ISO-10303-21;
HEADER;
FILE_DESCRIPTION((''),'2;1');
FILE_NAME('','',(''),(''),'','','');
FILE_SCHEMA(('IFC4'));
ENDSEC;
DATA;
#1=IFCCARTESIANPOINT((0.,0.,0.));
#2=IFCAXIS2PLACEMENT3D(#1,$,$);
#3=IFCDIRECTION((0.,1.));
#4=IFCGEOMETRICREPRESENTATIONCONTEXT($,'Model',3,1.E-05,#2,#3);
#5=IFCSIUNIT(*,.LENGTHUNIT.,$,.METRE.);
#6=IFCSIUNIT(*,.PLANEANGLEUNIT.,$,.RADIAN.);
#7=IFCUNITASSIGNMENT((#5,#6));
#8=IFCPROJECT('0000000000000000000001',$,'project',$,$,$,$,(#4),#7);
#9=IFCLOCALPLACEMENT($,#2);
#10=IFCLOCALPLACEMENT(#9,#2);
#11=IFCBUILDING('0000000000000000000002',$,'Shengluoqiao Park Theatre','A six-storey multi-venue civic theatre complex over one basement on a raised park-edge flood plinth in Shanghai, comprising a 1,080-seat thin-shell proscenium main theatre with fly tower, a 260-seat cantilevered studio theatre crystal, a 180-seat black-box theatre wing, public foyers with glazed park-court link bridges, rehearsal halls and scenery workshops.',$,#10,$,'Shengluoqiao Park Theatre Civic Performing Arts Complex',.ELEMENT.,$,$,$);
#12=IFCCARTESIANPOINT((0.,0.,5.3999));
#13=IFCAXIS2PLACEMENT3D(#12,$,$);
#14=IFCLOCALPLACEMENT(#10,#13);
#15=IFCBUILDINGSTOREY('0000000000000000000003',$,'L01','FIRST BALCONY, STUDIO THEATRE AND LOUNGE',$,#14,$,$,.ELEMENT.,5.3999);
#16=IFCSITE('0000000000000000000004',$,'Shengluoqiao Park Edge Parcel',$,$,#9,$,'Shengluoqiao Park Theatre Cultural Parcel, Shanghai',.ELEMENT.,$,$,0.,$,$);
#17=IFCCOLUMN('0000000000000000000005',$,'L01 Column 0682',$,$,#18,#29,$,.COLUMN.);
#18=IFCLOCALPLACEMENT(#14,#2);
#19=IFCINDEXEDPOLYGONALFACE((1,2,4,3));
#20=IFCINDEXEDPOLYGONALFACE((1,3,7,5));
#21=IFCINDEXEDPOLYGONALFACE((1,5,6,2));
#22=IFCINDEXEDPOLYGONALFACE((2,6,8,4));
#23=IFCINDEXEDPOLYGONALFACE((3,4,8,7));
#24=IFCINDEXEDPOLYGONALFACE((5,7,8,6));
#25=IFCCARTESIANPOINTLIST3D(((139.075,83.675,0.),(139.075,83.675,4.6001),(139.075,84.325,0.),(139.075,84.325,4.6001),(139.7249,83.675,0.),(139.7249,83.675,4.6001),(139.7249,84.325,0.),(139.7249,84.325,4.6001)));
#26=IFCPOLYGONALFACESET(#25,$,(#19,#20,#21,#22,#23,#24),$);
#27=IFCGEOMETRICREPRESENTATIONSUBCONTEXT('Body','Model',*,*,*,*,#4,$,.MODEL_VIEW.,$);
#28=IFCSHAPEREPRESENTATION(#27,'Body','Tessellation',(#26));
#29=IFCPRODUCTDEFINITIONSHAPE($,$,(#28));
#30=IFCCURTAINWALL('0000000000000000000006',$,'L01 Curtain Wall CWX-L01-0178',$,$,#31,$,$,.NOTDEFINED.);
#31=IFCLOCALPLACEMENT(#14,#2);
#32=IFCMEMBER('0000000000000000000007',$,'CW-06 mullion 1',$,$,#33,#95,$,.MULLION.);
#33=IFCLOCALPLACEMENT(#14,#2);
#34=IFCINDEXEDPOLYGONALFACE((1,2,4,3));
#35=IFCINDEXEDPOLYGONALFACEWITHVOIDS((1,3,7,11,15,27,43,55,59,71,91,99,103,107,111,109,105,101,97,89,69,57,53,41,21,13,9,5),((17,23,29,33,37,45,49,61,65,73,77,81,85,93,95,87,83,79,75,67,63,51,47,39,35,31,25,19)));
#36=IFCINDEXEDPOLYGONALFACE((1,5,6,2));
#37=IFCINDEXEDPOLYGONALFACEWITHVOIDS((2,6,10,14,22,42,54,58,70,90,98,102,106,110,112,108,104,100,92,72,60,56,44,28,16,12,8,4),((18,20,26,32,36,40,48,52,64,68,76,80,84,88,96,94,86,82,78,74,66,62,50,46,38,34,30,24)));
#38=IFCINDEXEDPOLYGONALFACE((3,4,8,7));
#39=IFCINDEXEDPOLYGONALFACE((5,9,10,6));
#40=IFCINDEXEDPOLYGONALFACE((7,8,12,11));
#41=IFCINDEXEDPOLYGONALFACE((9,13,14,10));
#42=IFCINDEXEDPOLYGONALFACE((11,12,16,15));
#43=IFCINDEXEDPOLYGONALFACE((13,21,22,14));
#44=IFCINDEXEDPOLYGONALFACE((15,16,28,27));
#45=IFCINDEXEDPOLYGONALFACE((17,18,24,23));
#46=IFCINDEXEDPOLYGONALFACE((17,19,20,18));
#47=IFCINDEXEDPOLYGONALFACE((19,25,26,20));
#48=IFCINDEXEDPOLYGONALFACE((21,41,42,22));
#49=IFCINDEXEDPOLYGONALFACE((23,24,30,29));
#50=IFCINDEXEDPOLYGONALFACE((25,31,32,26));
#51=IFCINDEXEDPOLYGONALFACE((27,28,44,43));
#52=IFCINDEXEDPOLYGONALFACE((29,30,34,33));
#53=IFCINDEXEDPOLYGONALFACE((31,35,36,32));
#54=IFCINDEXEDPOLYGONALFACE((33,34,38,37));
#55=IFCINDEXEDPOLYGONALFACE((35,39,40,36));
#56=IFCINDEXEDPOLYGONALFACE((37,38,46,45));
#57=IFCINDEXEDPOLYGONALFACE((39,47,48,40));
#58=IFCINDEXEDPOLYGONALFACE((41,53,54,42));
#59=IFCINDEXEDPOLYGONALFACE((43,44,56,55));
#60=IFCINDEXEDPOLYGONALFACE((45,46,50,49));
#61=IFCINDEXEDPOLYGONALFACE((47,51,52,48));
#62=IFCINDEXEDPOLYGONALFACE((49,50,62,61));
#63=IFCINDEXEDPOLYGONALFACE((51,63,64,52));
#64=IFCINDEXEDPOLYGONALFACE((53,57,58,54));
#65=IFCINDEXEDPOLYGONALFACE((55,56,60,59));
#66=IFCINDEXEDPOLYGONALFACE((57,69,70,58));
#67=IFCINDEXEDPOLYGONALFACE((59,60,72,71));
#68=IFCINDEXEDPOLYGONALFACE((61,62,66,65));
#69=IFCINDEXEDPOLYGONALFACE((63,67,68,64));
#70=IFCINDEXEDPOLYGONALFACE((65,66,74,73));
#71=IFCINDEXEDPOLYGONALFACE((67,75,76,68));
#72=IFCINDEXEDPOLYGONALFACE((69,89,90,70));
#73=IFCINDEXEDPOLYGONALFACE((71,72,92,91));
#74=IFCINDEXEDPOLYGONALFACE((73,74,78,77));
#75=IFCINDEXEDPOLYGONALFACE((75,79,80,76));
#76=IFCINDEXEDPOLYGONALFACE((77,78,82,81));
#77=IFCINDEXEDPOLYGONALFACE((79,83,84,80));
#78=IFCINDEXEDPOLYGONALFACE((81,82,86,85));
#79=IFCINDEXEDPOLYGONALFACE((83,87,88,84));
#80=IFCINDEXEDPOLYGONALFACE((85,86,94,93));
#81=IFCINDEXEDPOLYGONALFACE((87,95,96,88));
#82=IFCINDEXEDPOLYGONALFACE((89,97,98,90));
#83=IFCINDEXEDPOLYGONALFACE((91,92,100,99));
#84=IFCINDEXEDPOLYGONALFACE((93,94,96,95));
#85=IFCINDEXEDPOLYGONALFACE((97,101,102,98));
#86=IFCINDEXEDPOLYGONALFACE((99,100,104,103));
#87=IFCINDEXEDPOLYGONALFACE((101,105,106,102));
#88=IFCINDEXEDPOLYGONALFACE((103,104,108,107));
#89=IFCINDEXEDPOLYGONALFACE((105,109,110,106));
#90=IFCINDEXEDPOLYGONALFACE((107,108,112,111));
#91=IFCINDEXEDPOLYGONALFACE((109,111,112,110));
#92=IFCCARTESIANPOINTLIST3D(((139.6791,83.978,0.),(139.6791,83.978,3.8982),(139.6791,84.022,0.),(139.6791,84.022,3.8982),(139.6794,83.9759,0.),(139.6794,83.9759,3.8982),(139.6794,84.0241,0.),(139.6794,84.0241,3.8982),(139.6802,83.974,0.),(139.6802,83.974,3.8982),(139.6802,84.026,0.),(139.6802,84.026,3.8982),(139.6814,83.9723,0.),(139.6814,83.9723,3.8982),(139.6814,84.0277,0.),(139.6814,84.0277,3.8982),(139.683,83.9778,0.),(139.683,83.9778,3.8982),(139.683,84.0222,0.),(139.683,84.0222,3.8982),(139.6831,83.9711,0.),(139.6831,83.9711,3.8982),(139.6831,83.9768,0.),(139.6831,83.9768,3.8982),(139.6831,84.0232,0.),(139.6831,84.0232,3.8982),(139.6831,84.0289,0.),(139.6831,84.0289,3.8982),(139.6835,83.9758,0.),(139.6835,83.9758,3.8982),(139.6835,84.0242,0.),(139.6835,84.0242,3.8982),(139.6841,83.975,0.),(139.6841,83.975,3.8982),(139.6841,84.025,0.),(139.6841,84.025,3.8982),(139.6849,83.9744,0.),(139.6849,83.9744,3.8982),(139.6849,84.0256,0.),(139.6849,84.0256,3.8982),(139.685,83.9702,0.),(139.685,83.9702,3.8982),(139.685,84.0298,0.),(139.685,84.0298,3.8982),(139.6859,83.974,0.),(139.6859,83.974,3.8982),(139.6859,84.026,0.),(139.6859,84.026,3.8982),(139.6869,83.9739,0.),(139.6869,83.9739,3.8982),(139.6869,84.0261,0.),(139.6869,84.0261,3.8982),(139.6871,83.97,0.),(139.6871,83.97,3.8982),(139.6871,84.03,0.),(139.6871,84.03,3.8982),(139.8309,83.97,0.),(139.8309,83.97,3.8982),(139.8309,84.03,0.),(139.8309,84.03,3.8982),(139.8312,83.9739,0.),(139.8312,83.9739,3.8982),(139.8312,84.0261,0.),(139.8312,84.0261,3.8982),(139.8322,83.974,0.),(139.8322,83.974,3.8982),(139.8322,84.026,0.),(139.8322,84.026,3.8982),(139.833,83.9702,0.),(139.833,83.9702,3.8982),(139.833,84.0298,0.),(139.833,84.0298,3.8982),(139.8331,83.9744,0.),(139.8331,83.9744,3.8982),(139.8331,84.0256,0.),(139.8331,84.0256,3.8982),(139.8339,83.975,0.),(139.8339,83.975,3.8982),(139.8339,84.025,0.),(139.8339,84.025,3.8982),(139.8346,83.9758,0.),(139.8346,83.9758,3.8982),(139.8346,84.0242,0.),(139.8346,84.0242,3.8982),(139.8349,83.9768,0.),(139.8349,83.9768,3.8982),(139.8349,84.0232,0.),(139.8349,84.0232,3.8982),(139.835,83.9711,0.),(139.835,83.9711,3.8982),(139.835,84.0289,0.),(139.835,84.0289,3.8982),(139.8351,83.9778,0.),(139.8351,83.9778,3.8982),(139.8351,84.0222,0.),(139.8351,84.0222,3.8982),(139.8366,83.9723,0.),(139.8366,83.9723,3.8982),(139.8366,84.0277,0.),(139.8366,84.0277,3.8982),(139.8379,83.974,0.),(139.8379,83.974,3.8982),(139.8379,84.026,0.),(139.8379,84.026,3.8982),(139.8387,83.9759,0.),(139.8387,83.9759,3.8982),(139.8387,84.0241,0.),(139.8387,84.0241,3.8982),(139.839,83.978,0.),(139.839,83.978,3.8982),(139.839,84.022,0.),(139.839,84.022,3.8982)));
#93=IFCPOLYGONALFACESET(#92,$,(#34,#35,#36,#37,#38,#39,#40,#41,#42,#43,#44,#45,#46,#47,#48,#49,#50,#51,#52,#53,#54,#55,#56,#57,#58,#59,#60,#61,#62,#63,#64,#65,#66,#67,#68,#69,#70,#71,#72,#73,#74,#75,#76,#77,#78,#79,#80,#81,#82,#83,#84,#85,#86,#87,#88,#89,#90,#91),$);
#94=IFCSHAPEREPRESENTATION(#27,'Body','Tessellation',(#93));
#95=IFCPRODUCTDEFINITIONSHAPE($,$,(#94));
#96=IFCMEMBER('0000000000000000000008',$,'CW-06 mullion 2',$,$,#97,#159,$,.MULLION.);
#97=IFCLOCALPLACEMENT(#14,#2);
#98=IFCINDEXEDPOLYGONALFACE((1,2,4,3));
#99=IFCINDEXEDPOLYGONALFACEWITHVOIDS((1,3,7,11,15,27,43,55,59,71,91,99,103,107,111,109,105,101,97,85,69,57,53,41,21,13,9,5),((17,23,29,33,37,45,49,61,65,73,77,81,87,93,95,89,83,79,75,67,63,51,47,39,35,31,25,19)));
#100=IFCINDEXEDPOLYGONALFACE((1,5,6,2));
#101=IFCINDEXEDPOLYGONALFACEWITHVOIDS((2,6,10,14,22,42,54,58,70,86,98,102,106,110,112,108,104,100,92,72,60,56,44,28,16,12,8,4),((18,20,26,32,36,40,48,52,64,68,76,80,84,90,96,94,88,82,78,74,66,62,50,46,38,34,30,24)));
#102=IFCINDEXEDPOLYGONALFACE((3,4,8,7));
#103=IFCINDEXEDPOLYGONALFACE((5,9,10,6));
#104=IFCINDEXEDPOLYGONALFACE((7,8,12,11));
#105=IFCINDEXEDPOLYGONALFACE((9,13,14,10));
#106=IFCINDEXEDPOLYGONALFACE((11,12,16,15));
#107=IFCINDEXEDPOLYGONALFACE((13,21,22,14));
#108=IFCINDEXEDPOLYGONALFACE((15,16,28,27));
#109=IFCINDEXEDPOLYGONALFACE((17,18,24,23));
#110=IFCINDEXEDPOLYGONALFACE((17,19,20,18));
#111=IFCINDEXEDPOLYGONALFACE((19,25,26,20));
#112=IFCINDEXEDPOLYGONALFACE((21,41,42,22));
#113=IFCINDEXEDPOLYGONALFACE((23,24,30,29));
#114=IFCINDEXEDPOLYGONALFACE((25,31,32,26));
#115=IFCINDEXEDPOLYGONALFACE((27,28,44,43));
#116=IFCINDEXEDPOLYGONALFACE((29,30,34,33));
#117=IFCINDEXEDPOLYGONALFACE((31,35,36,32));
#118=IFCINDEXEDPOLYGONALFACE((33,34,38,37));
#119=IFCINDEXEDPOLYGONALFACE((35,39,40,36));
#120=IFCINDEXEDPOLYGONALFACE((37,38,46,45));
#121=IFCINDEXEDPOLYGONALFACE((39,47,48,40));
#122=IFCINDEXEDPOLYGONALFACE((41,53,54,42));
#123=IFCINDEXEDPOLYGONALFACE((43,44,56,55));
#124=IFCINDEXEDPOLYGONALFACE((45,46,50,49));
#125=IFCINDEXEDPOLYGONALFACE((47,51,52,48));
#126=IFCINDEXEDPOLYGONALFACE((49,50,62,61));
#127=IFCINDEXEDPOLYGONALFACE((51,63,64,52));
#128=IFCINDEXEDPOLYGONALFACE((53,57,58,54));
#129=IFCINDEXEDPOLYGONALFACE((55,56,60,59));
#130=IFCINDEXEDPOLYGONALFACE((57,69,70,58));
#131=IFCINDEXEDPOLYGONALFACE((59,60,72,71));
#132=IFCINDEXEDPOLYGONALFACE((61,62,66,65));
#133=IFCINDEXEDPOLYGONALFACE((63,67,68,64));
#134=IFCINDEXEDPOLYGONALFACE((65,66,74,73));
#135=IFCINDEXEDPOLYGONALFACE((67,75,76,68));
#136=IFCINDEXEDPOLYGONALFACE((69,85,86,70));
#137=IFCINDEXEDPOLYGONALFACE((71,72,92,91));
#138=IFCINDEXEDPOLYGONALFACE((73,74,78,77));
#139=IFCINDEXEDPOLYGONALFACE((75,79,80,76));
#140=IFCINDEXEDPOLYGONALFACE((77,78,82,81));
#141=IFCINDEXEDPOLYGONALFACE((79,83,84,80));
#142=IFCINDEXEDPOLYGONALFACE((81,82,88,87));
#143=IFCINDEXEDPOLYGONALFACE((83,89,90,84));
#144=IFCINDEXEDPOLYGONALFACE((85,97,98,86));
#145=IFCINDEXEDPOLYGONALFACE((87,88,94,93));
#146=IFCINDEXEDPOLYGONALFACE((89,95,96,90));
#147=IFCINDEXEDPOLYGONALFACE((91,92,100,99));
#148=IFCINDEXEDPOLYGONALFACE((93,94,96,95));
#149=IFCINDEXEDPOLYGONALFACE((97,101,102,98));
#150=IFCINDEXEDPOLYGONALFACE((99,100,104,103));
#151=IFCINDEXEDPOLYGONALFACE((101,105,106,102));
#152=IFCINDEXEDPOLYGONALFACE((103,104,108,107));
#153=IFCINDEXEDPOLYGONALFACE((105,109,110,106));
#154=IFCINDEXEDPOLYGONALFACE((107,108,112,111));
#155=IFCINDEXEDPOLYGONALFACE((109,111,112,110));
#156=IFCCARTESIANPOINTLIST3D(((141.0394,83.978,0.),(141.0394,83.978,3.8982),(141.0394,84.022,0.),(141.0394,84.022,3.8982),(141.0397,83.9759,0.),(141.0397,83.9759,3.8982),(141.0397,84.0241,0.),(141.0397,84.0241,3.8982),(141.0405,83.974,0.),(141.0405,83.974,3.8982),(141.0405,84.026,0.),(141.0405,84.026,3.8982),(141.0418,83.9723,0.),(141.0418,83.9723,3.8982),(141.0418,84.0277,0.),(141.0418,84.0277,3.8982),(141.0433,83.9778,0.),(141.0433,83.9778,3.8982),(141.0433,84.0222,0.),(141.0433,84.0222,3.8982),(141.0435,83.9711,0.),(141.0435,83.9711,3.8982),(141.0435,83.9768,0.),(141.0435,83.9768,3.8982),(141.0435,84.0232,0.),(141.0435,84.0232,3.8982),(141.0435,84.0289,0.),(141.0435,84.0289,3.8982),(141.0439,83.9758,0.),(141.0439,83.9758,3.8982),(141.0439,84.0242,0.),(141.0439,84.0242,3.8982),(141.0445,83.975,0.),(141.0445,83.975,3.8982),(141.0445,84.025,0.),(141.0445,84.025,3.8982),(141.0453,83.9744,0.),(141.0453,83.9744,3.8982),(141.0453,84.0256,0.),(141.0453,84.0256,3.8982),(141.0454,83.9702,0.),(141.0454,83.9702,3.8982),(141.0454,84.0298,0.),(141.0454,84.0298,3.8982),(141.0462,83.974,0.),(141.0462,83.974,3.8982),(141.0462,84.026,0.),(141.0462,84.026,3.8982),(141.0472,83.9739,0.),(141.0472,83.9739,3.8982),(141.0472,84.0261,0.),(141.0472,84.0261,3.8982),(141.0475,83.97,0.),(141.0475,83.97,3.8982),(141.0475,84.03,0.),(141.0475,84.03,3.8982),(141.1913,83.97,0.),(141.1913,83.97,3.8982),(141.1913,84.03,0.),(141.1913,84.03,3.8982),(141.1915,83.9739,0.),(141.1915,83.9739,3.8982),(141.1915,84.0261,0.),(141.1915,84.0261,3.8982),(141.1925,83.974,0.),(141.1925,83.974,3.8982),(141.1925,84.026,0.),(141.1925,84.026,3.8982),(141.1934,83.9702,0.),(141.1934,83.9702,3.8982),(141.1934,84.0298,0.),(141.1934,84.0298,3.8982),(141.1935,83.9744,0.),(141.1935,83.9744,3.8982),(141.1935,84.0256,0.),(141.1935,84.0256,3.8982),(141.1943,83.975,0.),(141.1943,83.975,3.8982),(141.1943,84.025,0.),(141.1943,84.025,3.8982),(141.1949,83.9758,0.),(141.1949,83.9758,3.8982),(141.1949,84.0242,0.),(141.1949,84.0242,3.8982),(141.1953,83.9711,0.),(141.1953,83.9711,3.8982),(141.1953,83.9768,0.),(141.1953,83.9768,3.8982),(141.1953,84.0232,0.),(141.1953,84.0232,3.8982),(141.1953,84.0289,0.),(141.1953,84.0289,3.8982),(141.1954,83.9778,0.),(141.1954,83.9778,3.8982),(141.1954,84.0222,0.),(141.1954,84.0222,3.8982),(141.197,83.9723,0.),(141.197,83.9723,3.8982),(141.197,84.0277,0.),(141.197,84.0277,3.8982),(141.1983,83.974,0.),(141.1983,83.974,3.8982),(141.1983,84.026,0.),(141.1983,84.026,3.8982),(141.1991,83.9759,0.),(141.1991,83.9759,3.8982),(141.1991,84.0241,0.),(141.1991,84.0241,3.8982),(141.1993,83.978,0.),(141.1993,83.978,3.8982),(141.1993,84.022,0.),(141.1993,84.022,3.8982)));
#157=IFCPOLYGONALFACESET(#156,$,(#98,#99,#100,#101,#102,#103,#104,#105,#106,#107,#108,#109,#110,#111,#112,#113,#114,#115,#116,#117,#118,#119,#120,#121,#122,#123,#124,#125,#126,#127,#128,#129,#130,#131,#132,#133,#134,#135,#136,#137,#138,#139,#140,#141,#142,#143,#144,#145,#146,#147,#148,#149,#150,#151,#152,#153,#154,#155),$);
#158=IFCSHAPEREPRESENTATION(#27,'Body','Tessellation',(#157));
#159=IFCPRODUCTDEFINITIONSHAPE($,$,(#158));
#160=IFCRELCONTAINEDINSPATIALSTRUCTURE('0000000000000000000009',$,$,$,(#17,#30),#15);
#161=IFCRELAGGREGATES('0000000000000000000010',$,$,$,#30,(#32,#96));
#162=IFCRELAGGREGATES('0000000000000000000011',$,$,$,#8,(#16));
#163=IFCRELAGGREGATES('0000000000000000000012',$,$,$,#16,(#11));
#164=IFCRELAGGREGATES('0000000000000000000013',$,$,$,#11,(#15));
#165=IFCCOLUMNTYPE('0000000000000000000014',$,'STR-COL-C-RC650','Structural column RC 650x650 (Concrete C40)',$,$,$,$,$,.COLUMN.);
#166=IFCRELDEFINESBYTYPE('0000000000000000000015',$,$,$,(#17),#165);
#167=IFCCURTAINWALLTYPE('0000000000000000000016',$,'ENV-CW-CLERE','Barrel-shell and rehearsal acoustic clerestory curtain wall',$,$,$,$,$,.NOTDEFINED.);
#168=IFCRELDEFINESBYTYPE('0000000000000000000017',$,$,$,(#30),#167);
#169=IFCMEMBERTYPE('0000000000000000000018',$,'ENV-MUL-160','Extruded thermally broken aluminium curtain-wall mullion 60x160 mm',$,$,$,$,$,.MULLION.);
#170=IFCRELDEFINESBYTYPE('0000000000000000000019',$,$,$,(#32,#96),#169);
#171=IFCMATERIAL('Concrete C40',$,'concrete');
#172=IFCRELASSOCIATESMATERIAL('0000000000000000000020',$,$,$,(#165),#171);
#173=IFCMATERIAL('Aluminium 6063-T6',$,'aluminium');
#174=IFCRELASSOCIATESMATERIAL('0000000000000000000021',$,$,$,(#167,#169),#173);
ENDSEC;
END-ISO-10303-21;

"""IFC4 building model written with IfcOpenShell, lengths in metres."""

from ifc_helpers import new_model, si_unit, direction, frame, origin, origin_2d, place, context, subcontext, project, spatial, rectangle, hollow_rectangle, extrude, material, material_profile, profile_set, type_object, element, aggregate, save


model = new_model("IFC4")

# Units and contexts
model_context = context("Model", 3, precision=1e-05, world=origin(), true_north=direction((0.0, 1.0)))
body_context = subcontext(model_context, "Body", "Model", "MODEL_VIEW")
ifc_project = project(units=[si_unit("LENGTHUNIT", "METRE"), si_unit("PLANEANGLEUNIT", "RADIAN")], contexts=[model_context])

# Site, building, storey
site_placement = place(None, origin())
site = spatial("IfcSite", under=ifc_project, at=site_placement, Name="Shengluoqiao Park Edge Parcel", LongName="Shengluoqiao Park Theatre Cultural Parcel, Shanghai", CompositionType="ELEMENT", RefElevation=0.0)
building_placement = place(site_placement, origin())
building = spatial("IfcBuilding", under=site, at=building_placement, Name="Shengluoqiao Park Theatre", Description="A six-storey multi-venue civic theatre complex over one basement on a raised park-edge flood plinth in Shanghai, comprising a 1,080-seat thin-shell proscenium main theatre with fly tower, a 260-seat cantilevered studio theatre crystal, a 180-seat black-box theatre wing, public foyers with glazed park-court link bridges, rehearsal halls and scenery workshops.", LongName="Shengluoqiao Park Theatre Civic Performing Arts Complex", CompositionType="ELEMENT")
storey_placement = place(building_placement, frame((0.0, 0.0, 5.3999)))
storey = spatial("IfcBuildingStorey", under=building, at=storey_placement, Name="L01", Description="FIRST BALCONY, STUDIO THEATRE AND LOUNGE", CompositionType="ELEMENT", Elevation=5.3999)

# Column
ifc_material_1 = material(Name="Concrete C40", Category="concrete")
ifc_material_profile_1 = material_profile(ifc_material_1, rectangle(XDim=0.6499, YDim=0.6499, at=origin_2d()), Name="RC 650x650")
ifc_profile_set_1 = profile_set([ifc_material_profile_1], Name="Concrete C40")
column_type = type_object("IfcColumnType", Name="STR-COL-C-RC650", Description="Structural column RC 650x650 (Concrete C40)", PredefinedType="COLUMN", material=ifc_profile_set_1)
column_placement = place(storey_placement, frame((139.3999, 84.0, 0.0), z_axis=(0.0, 0.0, 1.0), x_axis=(1.0, 0.0, 0.0)))
element("IfcColumn", 1, at=column_placement, inside=storey, type_object=column_type, Name="L01 Column 0682", PredefinedType="COLUMN", context=body_context, shape_type="SweptSolid", body=[
    extrude(rectangle(XDim=0.6499, YDim=0.6499, at=origin_2d()), origin(), (0.0, 0.0, 1.0), 4.6001),
])

# Curtain wall, members
ifc_material_2 = material(Name="Aluminium 6063-T6", Category="aluminium")
curtain_wall_type = type_object("IfcCurtainWallType", Name="ENV-CW-CLERE", Description="Barrel-shell and rehearsal acoustic clerestory curtain wall", PredefinedType="NOTDEFINED", material=ifc_material_2)
curtain_wall_placement = place(storey_placement, origin())
curtain_wall = element("IfcCurtainWall", 2, at=curtain_wall_placement, inside=storey, type_object=curtain_wall_type, Name="L01 Curtain Wall CWX-L01-0178", PredefinedType="NOTDEFINED")
ifc_material_profile_2 = material_profile(ifc_material_2, hollow_rectangle(XDim=0.0601, YDim=0.1599, WallThickness=0.0039, InnerFilletRadius=0.0039, OuterFilletRadius=0.0081, at=origin_2d()), Name="ALU MULLION 160x60x4")
ifc_profile_set_2 = profile_set([ifc_material_profile_2], Name="Aluminium 6063-T6")
member_type_1 = type_object("IfcMemberType", Name="ENV-MUL-160", Description="Extruded thermally broken aluminium curtain-wall mullion 60x160 mm", PredefinedType="MULLION", material=ifc_profile_set_2)
member_1_placement = place(storey_placement, frame((139.759, 84.0, 0.0), z_axis=(0.0, 0.0, 1.0), x_axis=(0.0, 1.0, 0.0)))
member_1 = element("IfcMember", 3, at=member_1_placement, type_object=member_type_1, Name="CW-06 mullion 1", PredefinedType="MULLION", context=body_context, shape_type="SweptSolid", body=[
    extrude(hollow_rectangle(XDim=0.0601, YDim=0.1599, WallThickness=0.0039, InnerFilletRadius=0.0039, OuterFilletRadius=0.0081, at=origin_2d()), origin(), (0.0, 0.0, 1.0), 3.8982),
])
member_2_placement = place(storey_placement, frame((141.1194, 84.0, 0.0), z_axis=(0.0, 0.0, 1.0), x_axis=(0.0, 1.0, 0.0)))
member_2 = element("IfcMember", 4, at=member_2_placement, type_object=member_type_1, Name="CW-06 mullion 2", PredefinedType="MULLION", context=body_context, shape_type="SweptSolid", body=[
    extrude(hollow_rectangle(XDim=0.0601, YDim=0.1599, WallThickness=0.0039, InnerFilletRadius=0.0039, OuterFilletRadius=0.0081, at=origin_2d()), origin(), (0.0, 0.0, 1.0), 3.8982),
])

aggregate(curtain_wall, [member_1, member_2])

save(model, "model.ifc")
